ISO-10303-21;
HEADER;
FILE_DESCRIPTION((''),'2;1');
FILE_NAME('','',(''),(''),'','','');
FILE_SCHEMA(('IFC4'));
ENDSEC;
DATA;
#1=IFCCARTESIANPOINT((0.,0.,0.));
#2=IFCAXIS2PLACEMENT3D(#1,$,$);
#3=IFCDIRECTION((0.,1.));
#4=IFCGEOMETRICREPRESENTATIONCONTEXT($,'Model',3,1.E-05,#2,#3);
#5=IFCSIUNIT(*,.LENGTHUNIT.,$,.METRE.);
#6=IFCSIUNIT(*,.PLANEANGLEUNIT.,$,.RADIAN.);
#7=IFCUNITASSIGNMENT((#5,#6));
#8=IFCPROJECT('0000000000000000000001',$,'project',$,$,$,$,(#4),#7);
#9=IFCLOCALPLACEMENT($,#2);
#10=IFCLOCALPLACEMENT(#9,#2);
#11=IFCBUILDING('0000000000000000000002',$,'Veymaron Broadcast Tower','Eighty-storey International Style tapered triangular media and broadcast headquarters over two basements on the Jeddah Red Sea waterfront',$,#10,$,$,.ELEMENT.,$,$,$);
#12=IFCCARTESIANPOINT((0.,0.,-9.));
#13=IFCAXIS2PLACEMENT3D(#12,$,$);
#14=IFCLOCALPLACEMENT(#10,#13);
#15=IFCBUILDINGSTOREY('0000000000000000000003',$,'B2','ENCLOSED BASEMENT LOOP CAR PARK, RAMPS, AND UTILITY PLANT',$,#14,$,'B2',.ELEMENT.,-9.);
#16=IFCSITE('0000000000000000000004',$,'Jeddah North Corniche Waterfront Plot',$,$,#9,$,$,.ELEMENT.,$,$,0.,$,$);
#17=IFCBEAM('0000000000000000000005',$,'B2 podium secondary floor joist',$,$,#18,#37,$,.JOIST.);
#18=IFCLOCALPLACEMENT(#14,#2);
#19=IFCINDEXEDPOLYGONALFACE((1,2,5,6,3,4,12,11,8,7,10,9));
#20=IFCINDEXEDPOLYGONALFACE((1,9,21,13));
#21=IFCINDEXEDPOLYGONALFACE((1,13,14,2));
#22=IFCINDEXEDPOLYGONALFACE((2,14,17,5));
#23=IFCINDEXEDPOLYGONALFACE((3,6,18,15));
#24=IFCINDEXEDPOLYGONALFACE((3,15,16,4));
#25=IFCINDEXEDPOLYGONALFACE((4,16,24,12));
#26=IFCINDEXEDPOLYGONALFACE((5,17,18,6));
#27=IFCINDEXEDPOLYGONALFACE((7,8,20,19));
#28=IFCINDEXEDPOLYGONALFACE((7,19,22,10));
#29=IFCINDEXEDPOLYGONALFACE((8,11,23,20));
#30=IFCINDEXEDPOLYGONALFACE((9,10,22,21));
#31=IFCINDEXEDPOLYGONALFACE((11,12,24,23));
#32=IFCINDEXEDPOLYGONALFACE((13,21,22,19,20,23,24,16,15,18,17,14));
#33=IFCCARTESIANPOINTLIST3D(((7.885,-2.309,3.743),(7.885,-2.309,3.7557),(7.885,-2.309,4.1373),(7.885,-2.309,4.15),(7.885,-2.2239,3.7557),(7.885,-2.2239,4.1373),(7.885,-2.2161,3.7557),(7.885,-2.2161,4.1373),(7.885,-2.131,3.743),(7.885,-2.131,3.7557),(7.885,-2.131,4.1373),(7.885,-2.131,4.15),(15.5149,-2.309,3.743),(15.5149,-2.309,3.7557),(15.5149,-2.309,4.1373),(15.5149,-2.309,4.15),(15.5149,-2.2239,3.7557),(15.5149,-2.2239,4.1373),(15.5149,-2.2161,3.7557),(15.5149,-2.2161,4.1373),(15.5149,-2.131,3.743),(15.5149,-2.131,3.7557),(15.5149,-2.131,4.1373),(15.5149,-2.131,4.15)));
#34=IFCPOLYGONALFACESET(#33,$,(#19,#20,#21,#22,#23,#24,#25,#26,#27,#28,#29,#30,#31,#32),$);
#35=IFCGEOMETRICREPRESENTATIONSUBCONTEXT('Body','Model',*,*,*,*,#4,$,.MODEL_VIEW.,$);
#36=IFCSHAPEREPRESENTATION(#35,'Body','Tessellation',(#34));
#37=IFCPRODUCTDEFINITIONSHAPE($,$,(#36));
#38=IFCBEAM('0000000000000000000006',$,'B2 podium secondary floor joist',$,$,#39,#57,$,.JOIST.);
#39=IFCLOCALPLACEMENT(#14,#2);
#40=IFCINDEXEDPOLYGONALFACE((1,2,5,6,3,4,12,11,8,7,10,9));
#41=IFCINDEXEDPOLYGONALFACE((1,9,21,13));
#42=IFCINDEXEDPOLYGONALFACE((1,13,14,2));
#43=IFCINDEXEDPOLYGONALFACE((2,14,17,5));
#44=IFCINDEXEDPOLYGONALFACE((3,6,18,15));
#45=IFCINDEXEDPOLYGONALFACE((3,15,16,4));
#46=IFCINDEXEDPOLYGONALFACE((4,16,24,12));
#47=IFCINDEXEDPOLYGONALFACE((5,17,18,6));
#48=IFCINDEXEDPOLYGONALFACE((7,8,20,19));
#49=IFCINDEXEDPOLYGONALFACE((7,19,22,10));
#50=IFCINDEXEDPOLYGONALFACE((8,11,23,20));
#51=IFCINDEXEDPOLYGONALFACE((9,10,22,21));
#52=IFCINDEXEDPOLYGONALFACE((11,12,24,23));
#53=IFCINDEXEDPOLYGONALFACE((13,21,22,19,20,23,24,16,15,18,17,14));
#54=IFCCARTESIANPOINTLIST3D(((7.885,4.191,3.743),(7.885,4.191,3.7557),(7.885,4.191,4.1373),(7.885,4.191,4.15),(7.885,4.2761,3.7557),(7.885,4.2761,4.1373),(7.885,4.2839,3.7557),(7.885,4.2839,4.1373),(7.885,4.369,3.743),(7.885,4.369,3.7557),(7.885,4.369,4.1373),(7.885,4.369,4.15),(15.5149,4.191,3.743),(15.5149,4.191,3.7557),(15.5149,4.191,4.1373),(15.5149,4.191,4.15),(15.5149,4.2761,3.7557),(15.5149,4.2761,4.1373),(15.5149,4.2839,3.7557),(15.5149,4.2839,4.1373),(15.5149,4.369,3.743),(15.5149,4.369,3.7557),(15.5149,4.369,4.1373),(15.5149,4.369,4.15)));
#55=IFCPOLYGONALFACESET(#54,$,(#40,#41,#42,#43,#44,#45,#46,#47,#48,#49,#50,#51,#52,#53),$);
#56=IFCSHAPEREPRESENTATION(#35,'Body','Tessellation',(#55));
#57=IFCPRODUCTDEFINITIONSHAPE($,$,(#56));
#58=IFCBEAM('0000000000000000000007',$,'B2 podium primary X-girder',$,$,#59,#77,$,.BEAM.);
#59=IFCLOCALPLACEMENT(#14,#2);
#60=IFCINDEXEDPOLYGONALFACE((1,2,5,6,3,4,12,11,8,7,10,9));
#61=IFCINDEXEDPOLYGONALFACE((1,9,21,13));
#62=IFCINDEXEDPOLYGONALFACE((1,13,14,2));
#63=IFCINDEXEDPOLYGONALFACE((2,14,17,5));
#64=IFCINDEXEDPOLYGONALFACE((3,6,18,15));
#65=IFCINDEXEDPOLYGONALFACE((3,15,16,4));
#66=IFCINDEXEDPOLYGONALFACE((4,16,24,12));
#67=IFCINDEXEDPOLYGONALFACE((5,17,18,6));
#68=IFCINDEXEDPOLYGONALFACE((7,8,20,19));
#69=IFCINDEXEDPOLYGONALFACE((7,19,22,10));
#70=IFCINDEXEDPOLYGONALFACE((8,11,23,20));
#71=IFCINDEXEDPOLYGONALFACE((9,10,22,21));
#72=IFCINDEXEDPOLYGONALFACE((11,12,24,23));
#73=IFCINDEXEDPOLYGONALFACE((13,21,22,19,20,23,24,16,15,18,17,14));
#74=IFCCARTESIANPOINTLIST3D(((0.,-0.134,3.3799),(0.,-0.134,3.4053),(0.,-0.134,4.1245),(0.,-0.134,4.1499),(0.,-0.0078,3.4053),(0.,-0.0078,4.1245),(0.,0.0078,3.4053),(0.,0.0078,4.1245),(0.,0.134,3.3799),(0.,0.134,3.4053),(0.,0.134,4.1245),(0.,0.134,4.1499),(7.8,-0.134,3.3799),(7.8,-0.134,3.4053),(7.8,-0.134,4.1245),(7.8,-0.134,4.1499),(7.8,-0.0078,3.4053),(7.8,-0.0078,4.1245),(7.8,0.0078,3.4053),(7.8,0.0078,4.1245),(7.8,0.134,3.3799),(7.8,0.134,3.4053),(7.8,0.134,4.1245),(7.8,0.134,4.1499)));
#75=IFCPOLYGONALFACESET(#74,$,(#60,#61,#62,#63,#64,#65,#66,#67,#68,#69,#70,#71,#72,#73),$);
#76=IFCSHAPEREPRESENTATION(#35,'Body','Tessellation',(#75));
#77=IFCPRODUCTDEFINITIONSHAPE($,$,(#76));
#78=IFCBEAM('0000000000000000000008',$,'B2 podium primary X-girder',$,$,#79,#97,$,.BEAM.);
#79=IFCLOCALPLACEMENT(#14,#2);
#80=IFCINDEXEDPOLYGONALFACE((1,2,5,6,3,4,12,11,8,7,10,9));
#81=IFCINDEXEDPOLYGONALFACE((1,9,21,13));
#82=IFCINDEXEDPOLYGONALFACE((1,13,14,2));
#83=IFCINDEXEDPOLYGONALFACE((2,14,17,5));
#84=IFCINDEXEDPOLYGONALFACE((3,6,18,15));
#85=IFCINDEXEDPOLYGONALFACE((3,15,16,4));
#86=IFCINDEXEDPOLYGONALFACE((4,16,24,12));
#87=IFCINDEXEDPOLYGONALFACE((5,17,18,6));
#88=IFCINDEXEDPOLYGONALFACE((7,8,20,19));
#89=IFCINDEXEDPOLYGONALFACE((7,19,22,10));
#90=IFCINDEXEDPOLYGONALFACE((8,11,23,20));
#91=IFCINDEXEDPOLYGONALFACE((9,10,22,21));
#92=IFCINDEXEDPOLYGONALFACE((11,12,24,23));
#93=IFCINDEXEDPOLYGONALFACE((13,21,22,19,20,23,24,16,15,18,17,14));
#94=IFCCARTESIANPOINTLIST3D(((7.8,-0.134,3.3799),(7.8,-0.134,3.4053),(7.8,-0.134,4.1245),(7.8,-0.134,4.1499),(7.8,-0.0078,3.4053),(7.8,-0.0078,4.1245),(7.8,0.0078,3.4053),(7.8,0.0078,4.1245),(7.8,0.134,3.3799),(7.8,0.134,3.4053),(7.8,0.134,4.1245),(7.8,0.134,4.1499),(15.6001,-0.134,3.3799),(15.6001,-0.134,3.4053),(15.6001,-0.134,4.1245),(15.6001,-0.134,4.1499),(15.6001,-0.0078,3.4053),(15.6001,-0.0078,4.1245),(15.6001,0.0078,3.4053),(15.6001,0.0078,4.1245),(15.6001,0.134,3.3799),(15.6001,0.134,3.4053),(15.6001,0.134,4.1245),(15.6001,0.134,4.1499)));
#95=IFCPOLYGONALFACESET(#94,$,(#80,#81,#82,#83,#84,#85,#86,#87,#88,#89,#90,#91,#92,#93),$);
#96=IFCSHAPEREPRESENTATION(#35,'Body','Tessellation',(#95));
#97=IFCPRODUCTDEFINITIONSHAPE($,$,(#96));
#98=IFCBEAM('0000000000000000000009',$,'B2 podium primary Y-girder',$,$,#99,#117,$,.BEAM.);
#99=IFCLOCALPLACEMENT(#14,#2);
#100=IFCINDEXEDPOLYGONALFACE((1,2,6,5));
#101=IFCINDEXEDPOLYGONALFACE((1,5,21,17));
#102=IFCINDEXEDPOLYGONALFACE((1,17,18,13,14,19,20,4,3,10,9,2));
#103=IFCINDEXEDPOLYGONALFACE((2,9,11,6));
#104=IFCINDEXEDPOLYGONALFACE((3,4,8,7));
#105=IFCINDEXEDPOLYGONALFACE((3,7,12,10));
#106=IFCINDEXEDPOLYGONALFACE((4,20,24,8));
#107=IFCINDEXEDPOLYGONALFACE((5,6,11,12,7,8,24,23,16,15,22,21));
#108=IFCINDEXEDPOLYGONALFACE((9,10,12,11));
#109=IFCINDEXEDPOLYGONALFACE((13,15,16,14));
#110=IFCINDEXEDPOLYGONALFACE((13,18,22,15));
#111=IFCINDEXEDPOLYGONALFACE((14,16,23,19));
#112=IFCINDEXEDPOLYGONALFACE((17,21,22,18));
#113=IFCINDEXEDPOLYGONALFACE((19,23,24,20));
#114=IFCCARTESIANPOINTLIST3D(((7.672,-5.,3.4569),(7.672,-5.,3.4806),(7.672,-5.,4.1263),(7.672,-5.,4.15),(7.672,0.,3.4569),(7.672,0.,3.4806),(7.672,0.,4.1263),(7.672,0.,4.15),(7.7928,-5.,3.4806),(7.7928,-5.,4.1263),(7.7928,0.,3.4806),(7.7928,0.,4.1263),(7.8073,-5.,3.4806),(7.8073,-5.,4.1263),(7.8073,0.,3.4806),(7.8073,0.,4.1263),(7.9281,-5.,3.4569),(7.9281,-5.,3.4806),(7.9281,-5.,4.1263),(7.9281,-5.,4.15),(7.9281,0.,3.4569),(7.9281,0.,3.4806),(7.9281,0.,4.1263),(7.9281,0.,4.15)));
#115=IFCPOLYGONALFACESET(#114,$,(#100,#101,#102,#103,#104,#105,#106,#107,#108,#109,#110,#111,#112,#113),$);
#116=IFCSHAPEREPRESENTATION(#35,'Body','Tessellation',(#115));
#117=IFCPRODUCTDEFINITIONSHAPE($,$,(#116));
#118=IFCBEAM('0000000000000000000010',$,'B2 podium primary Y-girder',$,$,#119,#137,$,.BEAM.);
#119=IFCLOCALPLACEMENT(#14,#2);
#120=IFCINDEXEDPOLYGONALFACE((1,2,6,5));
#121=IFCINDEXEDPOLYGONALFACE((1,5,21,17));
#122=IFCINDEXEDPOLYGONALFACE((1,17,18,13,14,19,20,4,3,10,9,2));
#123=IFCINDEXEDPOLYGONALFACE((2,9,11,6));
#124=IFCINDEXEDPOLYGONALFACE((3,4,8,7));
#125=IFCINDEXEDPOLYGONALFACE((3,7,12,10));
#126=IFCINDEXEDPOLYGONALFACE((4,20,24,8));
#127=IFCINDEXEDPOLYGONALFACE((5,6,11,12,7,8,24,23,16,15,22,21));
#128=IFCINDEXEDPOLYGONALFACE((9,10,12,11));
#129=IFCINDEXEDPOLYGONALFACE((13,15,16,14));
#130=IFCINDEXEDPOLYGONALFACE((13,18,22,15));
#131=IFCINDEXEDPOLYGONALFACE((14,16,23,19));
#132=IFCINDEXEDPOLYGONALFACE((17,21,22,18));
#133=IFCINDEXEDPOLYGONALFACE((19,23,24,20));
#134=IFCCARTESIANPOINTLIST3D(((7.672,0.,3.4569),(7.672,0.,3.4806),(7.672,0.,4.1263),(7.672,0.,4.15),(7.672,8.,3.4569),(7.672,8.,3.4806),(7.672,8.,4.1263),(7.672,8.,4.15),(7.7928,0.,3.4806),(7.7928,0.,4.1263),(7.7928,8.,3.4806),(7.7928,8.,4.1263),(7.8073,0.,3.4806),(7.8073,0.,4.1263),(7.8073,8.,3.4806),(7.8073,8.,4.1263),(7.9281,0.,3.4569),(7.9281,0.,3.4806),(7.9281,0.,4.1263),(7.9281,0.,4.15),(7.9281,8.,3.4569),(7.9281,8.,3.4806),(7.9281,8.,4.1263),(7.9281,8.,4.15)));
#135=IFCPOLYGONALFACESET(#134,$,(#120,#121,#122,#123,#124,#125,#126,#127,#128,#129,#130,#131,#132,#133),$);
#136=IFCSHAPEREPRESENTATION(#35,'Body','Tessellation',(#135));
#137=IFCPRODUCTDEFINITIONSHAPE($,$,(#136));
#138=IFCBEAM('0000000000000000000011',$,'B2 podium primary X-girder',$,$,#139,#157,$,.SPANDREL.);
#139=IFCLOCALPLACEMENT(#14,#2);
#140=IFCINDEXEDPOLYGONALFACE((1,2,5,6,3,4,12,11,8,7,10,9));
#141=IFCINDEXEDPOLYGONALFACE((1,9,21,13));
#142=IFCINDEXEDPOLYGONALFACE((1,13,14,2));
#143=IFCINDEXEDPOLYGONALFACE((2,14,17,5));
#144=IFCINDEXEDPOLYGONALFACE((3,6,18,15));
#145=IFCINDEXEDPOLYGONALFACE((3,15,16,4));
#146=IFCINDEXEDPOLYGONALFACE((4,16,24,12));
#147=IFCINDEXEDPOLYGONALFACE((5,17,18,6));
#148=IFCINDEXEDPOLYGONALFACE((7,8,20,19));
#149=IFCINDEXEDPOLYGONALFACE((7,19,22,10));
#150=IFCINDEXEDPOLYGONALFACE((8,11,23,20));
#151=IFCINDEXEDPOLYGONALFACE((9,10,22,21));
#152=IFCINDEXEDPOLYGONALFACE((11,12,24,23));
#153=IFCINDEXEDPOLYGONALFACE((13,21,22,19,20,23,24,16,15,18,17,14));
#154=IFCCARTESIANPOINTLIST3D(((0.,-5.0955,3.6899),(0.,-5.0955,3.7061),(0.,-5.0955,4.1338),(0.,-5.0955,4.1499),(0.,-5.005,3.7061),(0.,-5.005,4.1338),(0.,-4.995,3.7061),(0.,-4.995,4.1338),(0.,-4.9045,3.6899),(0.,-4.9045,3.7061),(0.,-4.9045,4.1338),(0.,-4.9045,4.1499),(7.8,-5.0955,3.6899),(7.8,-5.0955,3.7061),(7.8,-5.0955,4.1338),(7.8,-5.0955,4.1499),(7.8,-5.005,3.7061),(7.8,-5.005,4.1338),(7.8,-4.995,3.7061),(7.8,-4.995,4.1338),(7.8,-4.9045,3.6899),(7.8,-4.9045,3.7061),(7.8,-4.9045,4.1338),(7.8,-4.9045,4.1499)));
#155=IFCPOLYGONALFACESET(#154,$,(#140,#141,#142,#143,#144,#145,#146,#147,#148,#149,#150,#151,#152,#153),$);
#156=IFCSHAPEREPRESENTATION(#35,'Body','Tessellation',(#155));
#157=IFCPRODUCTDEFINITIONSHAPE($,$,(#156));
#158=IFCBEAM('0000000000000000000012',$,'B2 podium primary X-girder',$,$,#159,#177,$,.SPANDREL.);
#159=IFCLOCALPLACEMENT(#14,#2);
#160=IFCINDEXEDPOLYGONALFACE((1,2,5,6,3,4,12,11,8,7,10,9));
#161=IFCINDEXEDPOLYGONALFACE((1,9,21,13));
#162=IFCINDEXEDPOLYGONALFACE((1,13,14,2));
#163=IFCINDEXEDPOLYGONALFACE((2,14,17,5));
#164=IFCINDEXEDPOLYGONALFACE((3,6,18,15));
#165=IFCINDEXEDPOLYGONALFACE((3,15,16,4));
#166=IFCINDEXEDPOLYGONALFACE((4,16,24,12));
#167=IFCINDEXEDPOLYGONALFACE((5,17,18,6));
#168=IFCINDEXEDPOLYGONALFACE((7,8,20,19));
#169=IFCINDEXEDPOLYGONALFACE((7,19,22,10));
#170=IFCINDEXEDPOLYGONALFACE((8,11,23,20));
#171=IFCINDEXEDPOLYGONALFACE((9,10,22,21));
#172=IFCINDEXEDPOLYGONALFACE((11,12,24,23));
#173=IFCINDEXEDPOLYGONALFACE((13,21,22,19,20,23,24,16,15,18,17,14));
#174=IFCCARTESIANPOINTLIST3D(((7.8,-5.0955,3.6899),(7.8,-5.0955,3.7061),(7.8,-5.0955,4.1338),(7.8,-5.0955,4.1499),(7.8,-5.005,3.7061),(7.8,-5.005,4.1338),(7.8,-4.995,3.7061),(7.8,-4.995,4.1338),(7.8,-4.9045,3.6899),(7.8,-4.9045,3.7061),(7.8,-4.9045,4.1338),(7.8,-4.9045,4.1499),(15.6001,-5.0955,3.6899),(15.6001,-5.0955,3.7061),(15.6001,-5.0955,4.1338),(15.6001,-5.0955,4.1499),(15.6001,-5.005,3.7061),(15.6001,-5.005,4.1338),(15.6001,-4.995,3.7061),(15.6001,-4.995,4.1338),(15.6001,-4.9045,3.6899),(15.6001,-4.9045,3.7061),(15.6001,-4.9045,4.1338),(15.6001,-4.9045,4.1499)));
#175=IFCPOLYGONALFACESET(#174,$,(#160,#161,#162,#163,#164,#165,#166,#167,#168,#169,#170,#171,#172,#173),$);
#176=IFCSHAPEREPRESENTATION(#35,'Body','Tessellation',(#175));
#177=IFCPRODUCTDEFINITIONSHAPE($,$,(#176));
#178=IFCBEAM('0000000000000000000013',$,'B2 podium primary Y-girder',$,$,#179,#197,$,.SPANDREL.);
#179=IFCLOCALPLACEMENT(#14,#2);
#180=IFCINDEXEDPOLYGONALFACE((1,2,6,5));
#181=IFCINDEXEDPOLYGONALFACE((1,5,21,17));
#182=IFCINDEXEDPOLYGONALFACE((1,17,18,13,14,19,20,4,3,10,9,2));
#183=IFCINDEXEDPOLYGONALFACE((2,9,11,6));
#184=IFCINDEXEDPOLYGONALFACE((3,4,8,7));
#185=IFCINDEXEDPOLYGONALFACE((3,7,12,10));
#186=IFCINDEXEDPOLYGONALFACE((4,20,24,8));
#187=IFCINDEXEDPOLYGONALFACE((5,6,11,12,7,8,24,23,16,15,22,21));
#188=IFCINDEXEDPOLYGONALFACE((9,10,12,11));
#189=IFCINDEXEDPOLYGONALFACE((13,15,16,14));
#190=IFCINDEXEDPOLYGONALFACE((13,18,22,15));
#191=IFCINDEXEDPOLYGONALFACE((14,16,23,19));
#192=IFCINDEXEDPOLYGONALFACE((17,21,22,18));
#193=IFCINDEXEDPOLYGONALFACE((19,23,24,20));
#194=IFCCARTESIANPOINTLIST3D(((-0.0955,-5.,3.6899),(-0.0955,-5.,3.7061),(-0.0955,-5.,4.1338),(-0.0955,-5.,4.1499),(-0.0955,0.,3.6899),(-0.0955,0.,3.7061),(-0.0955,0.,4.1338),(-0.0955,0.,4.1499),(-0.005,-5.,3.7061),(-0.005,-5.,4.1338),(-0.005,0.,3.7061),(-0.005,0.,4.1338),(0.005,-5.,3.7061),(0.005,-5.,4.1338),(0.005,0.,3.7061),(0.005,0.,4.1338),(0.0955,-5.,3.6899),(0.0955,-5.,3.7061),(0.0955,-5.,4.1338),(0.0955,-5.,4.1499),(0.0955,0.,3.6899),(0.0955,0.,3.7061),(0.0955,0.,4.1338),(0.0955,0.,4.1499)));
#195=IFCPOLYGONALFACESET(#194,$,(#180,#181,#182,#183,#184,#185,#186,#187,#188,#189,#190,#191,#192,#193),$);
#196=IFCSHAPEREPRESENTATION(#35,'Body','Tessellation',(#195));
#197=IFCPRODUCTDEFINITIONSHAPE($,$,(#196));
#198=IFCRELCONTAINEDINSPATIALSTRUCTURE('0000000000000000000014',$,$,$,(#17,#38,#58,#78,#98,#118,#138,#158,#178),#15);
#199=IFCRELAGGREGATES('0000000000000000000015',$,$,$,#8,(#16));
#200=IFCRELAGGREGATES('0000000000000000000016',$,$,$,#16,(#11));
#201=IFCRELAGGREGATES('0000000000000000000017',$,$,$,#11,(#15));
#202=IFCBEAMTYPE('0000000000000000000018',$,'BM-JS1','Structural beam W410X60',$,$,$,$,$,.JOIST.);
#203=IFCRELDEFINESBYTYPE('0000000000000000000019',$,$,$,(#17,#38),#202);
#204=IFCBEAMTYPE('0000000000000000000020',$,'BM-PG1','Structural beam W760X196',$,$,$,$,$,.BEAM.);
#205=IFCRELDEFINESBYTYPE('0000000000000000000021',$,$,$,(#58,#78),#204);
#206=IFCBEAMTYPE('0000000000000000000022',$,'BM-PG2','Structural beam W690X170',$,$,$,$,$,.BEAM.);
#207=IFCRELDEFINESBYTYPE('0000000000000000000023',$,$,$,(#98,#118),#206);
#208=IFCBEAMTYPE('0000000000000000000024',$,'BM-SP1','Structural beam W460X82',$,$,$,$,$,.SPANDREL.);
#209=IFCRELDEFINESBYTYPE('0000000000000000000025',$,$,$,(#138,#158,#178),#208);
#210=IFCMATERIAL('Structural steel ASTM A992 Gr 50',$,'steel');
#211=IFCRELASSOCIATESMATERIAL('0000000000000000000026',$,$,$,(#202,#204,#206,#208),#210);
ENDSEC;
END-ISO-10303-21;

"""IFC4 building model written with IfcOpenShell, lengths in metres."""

from ifc_helpers import new_model, si_unit, direction, frame, origin, origin_2d, place, context, subcontext, project, spatial, i_section, extrude, material, material_profile, profile_set, type_object, element, save


model = new_model("IFC4")

# Units and contexts
model_context = context("Model", 3, precision=1e-05, world=origin(), true_north=direction((0.0, 1.0)))
body_context = subcontext(model_context, "Body", "Model", "MODEL_VIEW")
ifc_project = project(units=[si_unit("LENGTHUNIT", "METRE"), si_unit("PLANEANGLEUNIT", "RADIAN")], contexts=[model_context])

# Site, building, storey
site_placement = place(None, origin())
site = spatial("IfcSite", under=ifc_project, at=site_placement, Name="Jeddah North Corniche Waterfront Plot", CompositionType="ELEMENT", RefElevation=0.0)
building_placement = place(site_placement, origin())
building = spatial("IfcBuilding", under=site, at=building_placement, Name="Veymaron Broadcast Tower", Description="Eighty-storey International Style tapered triangular media and broadcast headquarters over two basements on the Jeddah Red Sea waterfront", CompositionType="ELEMENT")
storey_placement = place(building_placement, frame((0.0, 0.0, -9.0)))
storey = spatial("IfcBuildingStorey", under=building, at=storey_placement, Name="B2", Description="ENCLOSED BASEMENT LOOP CAR PARK, RAMPS, AND UTILITY PLANT", LongName="B2", CompositionType="ELEMENT", Elevation=-9.0)

# Beams
ifc_material_1 = material(Name="Structural steel ASTM A992 Gr 50", Category="steel")
ifc_material_profile_1 = material_profile(ifc_material_1, i_section(OverallWidth=0.178, OverallDepth=0.407, WebThickness=0.0078, FlangeThickness=0.0127, at=origin_2d()), Name="W410X60")
ifc_profile_set_1 = profile_set([ifc_material_profile_1], Name="Structural steel ASTM A992 Gr 50")
beam_type_1 = type_object("IfcBeamType", Name="BM-JS1", Description="Structural beam W410X60", PredefinedType="JOIST", material=ifc_profile_set_1)
for number, where, z_axis, x_axis, name in (
    (1, (7.885, -2.22, 3.9465), (1.0, 0.0, 0.0), (0.0, 1.0, 0.0), "B2 podium secondary floor joist"),
    (2, (7.885, 4.28, 3.9465), (1.0, 0.0, 0.0), (0.0, 1.0, 0.0), "B2 podium secondary floor joist"),
):
    element("IfcBeam", number, at=place(storey_placement, frame(where, z_axis=z_axis, x_axis=x_axis)), inside=storey, type_object=beam_type_1, Name=name, PredefinedType="JOIST", context=body_context, shape_type="SweptSolid", body=[
        extrude(i_section(OverallWidth=0.178, OverallDepth=0.407, WebThickness=0.0078, FlangeThickness=0.0127, at=origin_2d()), origin(), (0.0, 0.0, 1.0), 7.6299),
    ])
ifc_material_profile_2 = material_profile(ifc_material_1, i_section(OverallWidth=0.2681, OverallDepth=0.77, WebThickness=0.0156, FlangeThickness=0.0254, at=origin_2d()), Name="W760X196")
ifc_profile_set_2 = profile_set([ifc_material_profile_2], Name="Structural steel ASTM A992 Gr 50")
beam_type_2 = type_object("IfcBeamType", Name="BM-PG1", Description="Structural beam W760X196", PredefinedType="BEAM", material=ifc_profile_set_2)
for number, where, z_axis, x_axis, name in (
    (3, (0.0, 0.0, 3.7649), (1.0, 0.0, 0.0), (0.0, 1.0, 0.0), "B2 podium primary X-girder"),
    (4, (7.8, 0.0, 3.7649), (1.0, 0.0, 0.0), (0.0, 1.0, 0.0), "B2 podium primary X-girder"),
):
    element("IfcBeam", number, at=place(storey_placement, frame(where, z_axis=z_axis, x_axis=x_axis)), inside=storey, type_object=beam_type_2, Name=name, PredefinedType="BEAM", context=body_context, shape_type="SweptSolid", body=[
        extrude(i_section(OverallWidth=0.2681, OverallDepth=0.77, WebThickness=0.0156, FlangeThickness=0.0254, at=origin_2d()), origin(), (0.0, 0.0, 1.0), 7.8),
    ])
ifc_material_profile_3 = material_profile(ifc_material_1, i_section(OverallWidth=0.2561, OverallDepth=0.6931, WebThickness=0.0144, FlangeThickness=0.0237, at=origin_2d()), Name="W690X170")
ifc_profile_set_3 = profile_set([ifc_material_profile_3], Name="Structural steel ASTM A992 Gr 50")
beam_type_3 = type_object("IfcBeamType", Name="BM-PG2", Description="Structural beam W690X170", PredefinedType="BEAM", material=ifc_profile_set_3)
beam_1_placement = place(storey_placement, frame((7.8, -5.0, 3.8035), z_axis=(0.0, 1.0, 0.0), x_axis=(-1.0, 0.0, 0.0)))
element("IfcBeam", 5, at=beam_1_placement, inside=storey, type_object=beam_type_3, Name="B2 podium primary Y-girder", PredefinedType="BEAM", context=body_context, shape_type="SweptSolid", body=[
    extrude(i_section(OverallWidth=0.2561, OverallDepth=0.6931, WebThickness=0.0144, FlangeThickness=0.0237, at=origin_2d()), origin(), (0.0, 0.0, 1.0), 5.0),
])
beam_2_placement = place(storey_placement, frame((7.8, 0.0, 3.8035), z_axis=(0.0, 1.0, 0.0), x_axis=(-1.0, 0.0, 0.0)))
element("IfcBeam", 6, at=beam_2_placement, inside=storey, type_object=beam_type_3, Name="B2 podium primary Y-girder", PredefinedType="BEAM", context=body_context, shape_type="SweptSolid", body=[
    extrude(i_section(OverallWidth=0.2561, OverallDepth=0.6931, WebThickness=0.0144, FlangeThickness=0.0237, at=origin_2d()), origin(), (0.0, 0.0, 1.0), 8.0),
])
ifc_material_profile_4 = material_profile(ifc_material_1, i_section(OverallWidth=0.1909, OverallDepth=0.46, WebThickness=0.01, FlangeThickness=0.0161, at=origin_2d()), Name="W460X82")
ifc_profile_set_4 = profile_set([ifc_material_profile_4], Name="Structural steel ASTM A992 Gr 50")
beam_type_4 = type_object("IfcBeamType", Name="BM-SP1", Description="Structural beam W460X82", PredefinedType="SPANDREL", material=ifc_profile_set_4)
for number, where, z_axis, x_axis, name in (
    (7, (0.0, -5.0, 3.9199), (1.0, 0.0, 0.0), (0.0, 1.0, 0.0), "B2 podium primary X-girder"),
    (8, (7.8, -5.0, 3.9199), (1.0, 0.0, 0.0), (0.0, 1.0, 0.0), "B2 podium primary X-girder"),
):
    element("IfcBeam", number, at=place(storey_placement, frame(where, z_axis=z_axis, x_axis=x_axis)), inside=storey, type_object=beam_type_4, Name=name, PredefinedType="SPANDREL", context=body_context, shape_type="SweptSolid", body=[
        extrude(i_section(OverallWidth=0.1909, OverallDepth=0.46, WebThickness=0.01, FlangeThickness=0.0161, at=origin_2d()), origin(), (0.0, 0.0, 1.0), 7.8),
    ])
beam_3_placement = place(storey_placement, frame((0.0, -5.0, 3.9199), z_axis=(0.0, 1.0, 0.0), x_axis=(-1.0, 0.0, 0.0)))
element("IfcBeam", 9, at=beam_3_placement, inside=storey, type_object=beam_type_4, Name="B2 podium primary Y-girder", PredefinedType="SPANDREL", context=body_context, shape_type="SweptSolid", body=[
    extrude(i_section(OverallWidth=0.1909, OverallDepth=0.46, WebThickness=0.01, FlangeThickness=0.0161, at=origin_2d()), origin(), (0.0, 0.0, 1.0), 5.0),
])

save(model, "model.ifc")
